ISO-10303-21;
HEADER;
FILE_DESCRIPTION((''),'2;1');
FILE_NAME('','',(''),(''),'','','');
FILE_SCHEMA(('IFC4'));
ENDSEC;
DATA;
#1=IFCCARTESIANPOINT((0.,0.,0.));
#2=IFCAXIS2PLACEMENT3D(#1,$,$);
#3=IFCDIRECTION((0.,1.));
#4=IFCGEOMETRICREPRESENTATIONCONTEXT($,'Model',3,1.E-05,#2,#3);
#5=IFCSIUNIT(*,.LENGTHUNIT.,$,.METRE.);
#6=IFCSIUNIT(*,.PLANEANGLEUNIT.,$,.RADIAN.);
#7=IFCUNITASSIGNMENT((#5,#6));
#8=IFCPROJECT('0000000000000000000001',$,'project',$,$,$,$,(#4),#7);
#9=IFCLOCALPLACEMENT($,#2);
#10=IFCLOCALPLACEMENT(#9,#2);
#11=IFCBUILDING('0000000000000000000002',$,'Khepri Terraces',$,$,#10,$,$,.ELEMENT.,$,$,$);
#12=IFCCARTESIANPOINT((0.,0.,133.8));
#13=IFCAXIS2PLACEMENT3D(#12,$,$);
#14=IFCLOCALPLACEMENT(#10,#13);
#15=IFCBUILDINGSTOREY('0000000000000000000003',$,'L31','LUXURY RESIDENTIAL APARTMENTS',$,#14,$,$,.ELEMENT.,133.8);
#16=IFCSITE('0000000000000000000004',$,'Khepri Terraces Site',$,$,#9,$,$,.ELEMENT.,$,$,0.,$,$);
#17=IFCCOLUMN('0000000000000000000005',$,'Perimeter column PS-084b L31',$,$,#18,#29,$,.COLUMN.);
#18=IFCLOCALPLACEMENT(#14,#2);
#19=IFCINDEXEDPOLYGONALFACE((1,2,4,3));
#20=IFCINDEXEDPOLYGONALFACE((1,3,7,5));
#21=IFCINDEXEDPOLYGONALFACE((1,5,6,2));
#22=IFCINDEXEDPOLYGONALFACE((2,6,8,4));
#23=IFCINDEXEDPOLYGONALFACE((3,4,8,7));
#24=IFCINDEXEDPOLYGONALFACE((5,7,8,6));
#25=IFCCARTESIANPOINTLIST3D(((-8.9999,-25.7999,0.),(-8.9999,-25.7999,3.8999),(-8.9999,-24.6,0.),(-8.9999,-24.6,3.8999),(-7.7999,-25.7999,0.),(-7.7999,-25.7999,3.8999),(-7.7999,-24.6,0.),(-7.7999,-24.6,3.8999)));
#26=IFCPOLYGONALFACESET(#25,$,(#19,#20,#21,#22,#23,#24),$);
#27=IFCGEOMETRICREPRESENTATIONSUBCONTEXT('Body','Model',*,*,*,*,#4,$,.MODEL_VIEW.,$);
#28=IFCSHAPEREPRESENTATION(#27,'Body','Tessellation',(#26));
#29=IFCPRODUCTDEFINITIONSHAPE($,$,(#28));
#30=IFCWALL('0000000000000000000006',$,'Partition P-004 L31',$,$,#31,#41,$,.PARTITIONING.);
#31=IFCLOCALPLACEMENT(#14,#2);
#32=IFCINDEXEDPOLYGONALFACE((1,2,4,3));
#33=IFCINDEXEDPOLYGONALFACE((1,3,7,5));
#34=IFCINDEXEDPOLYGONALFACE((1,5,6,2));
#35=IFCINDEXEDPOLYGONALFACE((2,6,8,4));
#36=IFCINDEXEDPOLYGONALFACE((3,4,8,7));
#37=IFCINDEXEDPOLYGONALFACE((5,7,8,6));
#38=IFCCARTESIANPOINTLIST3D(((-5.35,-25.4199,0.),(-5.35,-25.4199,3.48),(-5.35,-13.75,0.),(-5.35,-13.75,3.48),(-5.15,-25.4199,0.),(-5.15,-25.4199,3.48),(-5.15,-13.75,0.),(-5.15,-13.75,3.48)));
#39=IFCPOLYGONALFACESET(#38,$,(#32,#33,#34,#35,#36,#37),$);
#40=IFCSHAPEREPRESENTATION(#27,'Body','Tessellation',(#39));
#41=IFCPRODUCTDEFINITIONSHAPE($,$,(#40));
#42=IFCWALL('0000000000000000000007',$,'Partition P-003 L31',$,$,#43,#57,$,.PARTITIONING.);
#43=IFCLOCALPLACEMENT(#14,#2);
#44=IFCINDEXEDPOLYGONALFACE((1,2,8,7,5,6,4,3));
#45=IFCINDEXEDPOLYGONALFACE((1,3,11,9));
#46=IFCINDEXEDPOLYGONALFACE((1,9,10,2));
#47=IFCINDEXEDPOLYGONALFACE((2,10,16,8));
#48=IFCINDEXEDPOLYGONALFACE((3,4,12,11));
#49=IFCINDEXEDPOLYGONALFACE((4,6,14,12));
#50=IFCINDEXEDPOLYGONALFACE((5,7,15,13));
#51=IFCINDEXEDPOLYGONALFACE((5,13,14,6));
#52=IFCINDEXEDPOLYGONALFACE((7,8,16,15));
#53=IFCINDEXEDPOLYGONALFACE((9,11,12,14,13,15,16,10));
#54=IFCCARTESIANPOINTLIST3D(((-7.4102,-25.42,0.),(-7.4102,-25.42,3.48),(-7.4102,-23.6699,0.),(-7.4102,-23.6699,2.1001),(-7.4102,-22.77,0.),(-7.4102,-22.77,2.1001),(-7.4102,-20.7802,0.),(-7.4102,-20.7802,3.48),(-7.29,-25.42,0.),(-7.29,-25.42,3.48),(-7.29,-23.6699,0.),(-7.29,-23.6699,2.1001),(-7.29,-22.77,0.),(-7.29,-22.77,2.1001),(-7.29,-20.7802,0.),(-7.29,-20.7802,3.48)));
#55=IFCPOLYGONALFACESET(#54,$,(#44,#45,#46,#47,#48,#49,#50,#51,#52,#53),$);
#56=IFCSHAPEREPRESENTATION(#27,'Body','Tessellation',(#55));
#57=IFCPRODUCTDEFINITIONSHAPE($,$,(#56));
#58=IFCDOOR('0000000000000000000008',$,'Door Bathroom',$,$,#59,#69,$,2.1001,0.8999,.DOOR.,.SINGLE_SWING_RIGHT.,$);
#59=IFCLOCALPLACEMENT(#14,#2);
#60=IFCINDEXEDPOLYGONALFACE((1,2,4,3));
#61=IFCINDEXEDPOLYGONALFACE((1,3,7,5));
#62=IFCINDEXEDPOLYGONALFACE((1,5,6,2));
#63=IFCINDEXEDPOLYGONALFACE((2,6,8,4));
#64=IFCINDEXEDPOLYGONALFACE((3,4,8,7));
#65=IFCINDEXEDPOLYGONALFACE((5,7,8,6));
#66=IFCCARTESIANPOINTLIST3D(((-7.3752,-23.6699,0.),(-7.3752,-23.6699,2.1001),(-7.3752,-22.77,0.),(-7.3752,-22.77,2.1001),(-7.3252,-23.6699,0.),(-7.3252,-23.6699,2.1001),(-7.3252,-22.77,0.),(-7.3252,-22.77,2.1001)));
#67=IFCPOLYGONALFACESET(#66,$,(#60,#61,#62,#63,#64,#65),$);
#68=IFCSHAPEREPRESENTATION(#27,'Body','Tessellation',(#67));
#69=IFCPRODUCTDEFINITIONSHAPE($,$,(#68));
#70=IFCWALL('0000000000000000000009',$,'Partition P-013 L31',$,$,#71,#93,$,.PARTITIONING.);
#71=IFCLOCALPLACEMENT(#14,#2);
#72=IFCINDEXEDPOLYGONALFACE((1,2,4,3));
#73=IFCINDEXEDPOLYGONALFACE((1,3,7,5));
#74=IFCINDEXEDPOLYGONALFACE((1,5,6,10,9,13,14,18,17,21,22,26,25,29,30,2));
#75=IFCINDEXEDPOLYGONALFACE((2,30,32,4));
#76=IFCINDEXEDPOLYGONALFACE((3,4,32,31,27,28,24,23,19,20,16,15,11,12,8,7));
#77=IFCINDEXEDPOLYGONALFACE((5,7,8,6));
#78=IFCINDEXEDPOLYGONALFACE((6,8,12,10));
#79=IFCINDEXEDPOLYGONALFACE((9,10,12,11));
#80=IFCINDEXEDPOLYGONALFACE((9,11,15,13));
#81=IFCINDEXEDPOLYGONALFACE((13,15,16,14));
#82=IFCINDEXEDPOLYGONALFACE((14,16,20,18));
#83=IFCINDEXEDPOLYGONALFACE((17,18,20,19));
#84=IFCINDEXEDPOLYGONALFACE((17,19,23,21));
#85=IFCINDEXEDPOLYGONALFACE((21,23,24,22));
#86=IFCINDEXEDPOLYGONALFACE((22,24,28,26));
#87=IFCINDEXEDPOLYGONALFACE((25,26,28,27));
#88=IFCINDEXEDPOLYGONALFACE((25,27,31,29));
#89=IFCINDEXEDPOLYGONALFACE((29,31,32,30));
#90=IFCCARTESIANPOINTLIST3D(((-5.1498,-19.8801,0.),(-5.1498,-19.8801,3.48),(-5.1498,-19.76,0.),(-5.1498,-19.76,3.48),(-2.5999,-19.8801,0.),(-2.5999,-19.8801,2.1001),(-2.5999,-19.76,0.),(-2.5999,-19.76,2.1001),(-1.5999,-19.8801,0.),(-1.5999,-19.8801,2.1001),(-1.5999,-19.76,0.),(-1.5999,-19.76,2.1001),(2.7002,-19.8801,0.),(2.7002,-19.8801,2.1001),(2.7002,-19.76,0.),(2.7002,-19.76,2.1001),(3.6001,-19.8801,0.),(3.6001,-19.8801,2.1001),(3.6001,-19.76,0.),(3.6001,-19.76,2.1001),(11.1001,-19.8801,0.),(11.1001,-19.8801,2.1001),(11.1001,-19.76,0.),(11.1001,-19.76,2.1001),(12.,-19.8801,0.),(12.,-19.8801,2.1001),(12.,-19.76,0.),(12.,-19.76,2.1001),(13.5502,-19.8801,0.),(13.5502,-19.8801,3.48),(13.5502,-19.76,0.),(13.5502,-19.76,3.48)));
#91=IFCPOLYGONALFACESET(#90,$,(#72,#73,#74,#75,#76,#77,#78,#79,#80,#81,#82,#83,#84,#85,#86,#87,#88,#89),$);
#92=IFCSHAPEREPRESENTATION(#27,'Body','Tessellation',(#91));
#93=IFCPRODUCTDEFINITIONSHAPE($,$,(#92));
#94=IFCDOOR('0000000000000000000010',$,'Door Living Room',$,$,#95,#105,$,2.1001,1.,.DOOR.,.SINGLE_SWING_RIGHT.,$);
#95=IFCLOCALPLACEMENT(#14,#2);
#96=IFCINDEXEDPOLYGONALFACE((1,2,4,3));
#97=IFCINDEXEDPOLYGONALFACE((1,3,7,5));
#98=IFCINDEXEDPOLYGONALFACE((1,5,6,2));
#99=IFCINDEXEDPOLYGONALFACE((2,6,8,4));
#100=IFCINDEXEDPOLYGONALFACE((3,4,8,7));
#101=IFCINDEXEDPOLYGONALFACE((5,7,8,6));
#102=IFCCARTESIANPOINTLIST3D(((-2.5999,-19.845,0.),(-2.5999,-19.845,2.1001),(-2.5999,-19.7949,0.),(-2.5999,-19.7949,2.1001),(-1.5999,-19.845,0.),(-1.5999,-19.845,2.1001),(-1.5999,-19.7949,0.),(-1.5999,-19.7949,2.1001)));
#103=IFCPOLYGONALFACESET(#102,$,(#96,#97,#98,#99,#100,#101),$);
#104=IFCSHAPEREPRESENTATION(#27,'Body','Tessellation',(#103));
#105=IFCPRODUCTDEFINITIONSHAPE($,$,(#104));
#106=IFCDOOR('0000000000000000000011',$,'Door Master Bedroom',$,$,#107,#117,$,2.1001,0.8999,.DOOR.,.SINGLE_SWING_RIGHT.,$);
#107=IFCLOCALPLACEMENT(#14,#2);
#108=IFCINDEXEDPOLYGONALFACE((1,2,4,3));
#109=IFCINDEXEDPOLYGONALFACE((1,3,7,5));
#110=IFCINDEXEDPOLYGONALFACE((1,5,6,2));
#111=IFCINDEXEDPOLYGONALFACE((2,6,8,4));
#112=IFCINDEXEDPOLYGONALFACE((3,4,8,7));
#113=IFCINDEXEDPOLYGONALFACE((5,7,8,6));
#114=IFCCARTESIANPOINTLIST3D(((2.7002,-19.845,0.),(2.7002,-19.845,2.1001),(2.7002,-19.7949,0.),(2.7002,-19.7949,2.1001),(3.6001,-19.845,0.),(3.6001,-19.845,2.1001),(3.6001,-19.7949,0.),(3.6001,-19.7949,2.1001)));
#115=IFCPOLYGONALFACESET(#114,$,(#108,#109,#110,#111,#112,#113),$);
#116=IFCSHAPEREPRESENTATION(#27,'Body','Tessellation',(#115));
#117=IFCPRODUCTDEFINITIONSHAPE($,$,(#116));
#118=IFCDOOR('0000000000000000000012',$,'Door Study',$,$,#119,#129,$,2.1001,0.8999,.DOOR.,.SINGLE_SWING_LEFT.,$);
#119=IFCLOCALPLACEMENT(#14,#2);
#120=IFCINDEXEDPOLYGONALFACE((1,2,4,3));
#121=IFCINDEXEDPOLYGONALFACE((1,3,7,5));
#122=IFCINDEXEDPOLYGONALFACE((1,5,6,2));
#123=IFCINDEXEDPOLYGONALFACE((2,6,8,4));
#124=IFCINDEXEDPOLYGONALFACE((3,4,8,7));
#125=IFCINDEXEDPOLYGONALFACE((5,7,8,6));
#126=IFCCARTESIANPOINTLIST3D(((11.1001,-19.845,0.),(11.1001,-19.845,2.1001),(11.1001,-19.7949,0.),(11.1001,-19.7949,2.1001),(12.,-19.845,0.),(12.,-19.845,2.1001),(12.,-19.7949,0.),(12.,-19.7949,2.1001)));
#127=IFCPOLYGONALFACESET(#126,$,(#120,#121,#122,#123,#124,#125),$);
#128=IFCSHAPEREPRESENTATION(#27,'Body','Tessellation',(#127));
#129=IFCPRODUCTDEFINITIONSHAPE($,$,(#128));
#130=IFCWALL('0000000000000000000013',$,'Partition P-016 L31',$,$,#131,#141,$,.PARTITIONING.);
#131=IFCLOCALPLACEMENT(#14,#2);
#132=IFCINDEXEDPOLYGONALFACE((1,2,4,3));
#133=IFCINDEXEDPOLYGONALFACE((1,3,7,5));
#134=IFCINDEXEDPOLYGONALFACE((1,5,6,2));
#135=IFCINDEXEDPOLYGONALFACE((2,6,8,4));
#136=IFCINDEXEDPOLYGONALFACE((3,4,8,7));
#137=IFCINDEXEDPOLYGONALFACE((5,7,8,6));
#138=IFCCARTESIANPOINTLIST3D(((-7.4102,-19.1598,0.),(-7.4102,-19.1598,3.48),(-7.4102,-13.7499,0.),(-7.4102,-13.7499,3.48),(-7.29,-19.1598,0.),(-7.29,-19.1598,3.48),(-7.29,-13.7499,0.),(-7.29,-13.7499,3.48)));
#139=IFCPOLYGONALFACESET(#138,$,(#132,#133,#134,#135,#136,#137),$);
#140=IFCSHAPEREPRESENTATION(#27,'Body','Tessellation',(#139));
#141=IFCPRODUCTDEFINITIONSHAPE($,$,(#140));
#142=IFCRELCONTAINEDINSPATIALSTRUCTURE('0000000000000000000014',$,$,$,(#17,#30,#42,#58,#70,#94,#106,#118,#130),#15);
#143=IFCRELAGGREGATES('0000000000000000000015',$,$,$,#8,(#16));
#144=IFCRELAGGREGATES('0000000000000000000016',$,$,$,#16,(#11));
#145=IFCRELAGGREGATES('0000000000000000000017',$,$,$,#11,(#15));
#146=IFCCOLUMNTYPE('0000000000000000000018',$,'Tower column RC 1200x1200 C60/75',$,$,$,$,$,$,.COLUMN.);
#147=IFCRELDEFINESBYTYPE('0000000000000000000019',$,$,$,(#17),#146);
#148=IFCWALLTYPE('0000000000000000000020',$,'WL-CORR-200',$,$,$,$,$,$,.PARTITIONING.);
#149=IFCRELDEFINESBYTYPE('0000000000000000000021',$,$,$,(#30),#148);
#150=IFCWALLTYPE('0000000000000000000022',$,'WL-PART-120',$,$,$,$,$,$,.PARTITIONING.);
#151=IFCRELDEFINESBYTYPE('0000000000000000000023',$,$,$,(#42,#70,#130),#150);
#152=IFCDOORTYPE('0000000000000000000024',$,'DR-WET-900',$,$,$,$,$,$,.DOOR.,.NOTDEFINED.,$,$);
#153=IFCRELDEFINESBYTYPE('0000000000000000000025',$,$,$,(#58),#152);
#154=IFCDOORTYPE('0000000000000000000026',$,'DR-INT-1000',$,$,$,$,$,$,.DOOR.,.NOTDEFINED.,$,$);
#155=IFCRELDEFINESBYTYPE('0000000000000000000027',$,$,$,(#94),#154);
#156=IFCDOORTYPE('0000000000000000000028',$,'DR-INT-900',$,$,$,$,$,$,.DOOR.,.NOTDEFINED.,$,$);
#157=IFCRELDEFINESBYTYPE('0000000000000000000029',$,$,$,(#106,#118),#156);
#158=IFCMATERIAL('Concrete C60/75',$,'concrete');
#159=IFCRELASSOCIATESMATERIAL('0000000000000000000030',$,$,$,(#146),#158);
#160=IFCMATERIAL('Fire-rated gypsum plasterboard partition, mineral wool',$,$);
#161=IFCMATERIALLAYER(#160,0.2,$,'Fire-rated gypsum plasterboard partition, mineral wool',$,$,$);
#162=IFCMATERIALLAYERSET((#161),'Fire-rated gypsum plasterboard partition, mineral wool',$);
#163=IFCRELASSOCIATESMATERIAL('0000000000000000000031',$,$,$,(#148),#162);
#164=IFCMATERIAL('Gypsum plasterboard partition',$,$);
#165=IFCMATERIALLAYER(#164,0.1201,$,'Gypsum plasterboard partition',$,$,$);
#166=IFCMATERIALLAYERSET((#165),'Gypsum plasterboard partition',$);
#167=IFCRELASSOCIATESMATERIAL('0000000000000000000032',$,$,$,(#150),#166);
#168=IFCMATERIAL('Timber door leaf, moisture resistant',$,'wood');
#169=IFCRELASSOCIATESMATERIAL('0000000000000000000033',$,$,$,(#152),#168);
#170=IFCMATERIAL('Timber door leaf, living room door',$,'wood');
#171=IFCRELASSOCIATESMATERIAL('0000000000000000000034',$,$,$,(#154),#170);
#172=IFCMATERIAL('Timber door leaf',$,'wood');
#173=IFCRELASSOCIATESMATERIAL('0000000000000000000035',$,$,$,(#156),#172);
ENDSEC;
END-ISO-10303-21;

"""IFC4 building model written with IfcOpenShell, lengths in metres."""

from ifc_helpers import new_model, si_unit, direction, frame, frame_2d, origin, origin_2d, place, context, subcontext, project, spatial, rectangle, extrude, material, layer, layer_set, material_profile, profile_set, type_object, element, fill, save


model = new_model("IFC4")

# Units and contexts
model_context = context("Model", 3, precision=1e-05, world=origin(), true_north=direction((0.0, 1.0)))
body_context = subcontext(model_context, "Body", "Model", "MODEL_VIEW")
ifc_project = project(units=[si_unit("LENGTHUNIT", "METRE"), si_unit("PLANEANGLEUNIT", "RADIAN")], contexts=[model_context])

# Site, building, storey
site_placement = place(None, origin())
site = spatial("IfcSite", under=ifc_project, at=site_placement, Name="Khepri Terraces Site", CompositionType="ELEMENT", RefElevation=0.0)
building_placement = place(site_placement, origin())
building = spatial("IfcBuilding", under=site, at=building_placement, Name="Khepri Terraces", CompositionType="ELEMENT")
storey_placement = place(building_placement, frame((0.0, 0.0, 133.8)))
storey = spatial("IfcBuildingStorey", under=building, at=storey_placement, Name="L31", Description="LUXURY RESIDENTIAL APARTMENTS", CompositionType="ELEMENT", Elevation=133.8)

# Column
ifc_material_1 = material(Name="Concrete C60/75", Category="concrete")
ifc_material_profile = material_profile(ifc_material_1, rectangle(XDim=1.2, YDim=1.2, at=origin_2d()), Name="Concrete C60/75", Category="concrete")
ifc_profile_set = profile_set([ifc_material_profile], Name="Concrete C60/75")
column_type = type_object("IfcColumnType", Name="Tower column RC 1200x1200 C60/75", PredefinedType="COLUMN", material=ifc_profile_set)
column_placement = place(storey_placement, frame((-8.3999, -25.2, 0.0), z_axis=(0.0, 0.0, 1.0), x_axis=(1.0, 0.0, 0.0)))
element("IfcColumn", 1, at=column_placement, inside=storey, type_object=column_type, Name="Perimeter column PS-084b L31", PredefinedType="COLUMN", context=body_context, shape_type="SweptSolid", body=[
    extrude(rectangle(XDim=1.2, YDim=1.2, at=origin_2d()), origin(), (0.0, 0.0, 1.0), 3.8999),
])

# Wall
ifc_material_2 = material(Name="Fire-rated gypsum plasterboard partition, mineral wool")
ifc_layer_1 = layer(ifc_material_2, 0.2, Name="Fire-rated gypsum plasterboard partition, mineral wool")
ifc_layer_set_1 = layer_set([ifc_layer_1], Name="Fire-rated gypsum plasterboard partition, mineral wool")
wall_type_1 = type_object("IfcWallType", Name="WL-CORR-200", PredefinedType="PARTITIONING", material=ifc_layer_set_1)
wall_1_placement = place(storey_placement, frame((-5.25, -25.4199, 0.0), z_axis=(0.0, 0.0, 1.0), x_axis=(0.0, 1.0, 0.0)))
element("IfcWall", 2, at=wall_1_placement, inside=storey, type_object=wall_type_1, Name="Partition P-004 L31", PredefinedType="PARTITIONING", context=body_context, shape_type="SweptSolid", body=[
    extrude(rectangle(XDim=11.6699, YDim=0.2, at=frame_2d((5.835, 0.0))), origin(), (0.0, 0.0, 1.0), 3.48),
])

# Wall, opening, door
ifc_material_3 = material(Name="Gypsum plasterboard partition")
ifc_layer_2 = layer(ifc_material_3, 0.1201, Name="Gypsum plasterboard partition")
ifc_layer_set_2 = layer_set([ifc_layer_2], Name="Gypsum plasterboard partition")
wall_type_2 = type_object("IfcWallType", Name="WL-PART-120", PredefinedType="PARTITIONING", material=ifc_layer_set_2)
wall_2_placement = place(storey_placement, frame((-7.3501, -25.4199, 0.0), z_axis=(0.0, 0.0, 1.0), x_axis=(0.0, 1.0, 0.0)))
wall_2 = element("IfcWall", 3, at=wall_2_placement, inside=storey, type_object=wall_type_2, Name="Partition P-003 L31", PredefinedType="PARTITIONING", context=body_context, shape_type="SweptSolid", body=[
    extrude(rectangle(XDim=4.6399, YDim=0.1201, at=frame_2d((2.3198, 0.0))), origin(), (0.0, 0.0, 1.0), 3.48),
])
opening_1_placement = place(wall_2_placement, frame((1.75, 0.0, 0.0)))
opening_1 = element("IfcOpeningElement", 4, at=opening_1_placement, cuts=wall_2, PredefinedType="OPENING", context=body_context, shape_type="SweptSolid", body=[
    extrude(rectangle(XDim=0.8999, YDim=2.1001, at=frame_2d((0.45, 1.05))), frame((0.0, 0.0701, 0.0), z_axis=(0.0, -1.0, 0.0), x_axis=(1.0, 0.0, 0.0)), (0.0, 0.0, 1.0), 0.1401),
])
ifc_material_4 = material(Name="Timber door leaf, moisture resistant", Category="wood")
door_type_1 = type_object("IfcDoorType", Name="DR-WET-900", OperationType="NOTDEFINED", PredefinedType="DOOR", material=ifc_material_4)
door_1_placement = place(opening_1_placement, frame((0.8999, 0.0, 0.0), z_axis=(0.0, 0.0, 1.0), x_axis=(-1.0, 0.0, 0.0)))
door_1 = element("IfcDoor", 5, at=door_1_placement, inside=storey, type_object=door_type_1, Name="Door Bathroom", OperationType="SINGLE_SWING_RIGHT", OverallHeight=2.1001, OverallWidth=0.8999, PredefinedType="DOOR", context=body_context, shape_type="SweptSolid", body=[
    extrude(rectangle(XDim=0.8999, YDim=2.1001, at=frame_2d((0.45, 1.05))), frame((0.0, 0.0249, 0.0), z_axis=(0.0, -1.0, 0.0), x_axis=(1.0, 0.0, 0.0)), (0.0, 0.0, 1.0), 0.05),
])
fill(opening_1, door_1)

# Wall, openings, doors
wall_3_placement = place(storey_placement, frame((-5.1499, -19.8201, 0.0), z_axis=(0.0, 0.0, 1.0), x_axis=(1.0, 0.0, 0.0)))
wall_3 = element("IfcWall", 6, at=wall_3_placement, inside=storey, type_object=wall_type_2, Name="Partition P-013 L31", PredefinedType="PARTITIONING", context=body_context, shape_type="SweptSolid", body=[
    extrude(rectangle(XDim=18.7, YDim=0.1201, at=frame_2d((9.3501, 0.0))), origin(), (0.0, 0.0, 1.0), 3.48),
])
opening_2_placement = place(wall_3_placement, frame((2.55, 0.0, 0.0)))
opening_2 = element("IfcOpeningElement", 7, at=opening_2_placement, cuts=wall_3, PredefinedType="OPENING", context=body_context, shape_type="SweptSolid", body=[
    extrude(rectangle(XDim=1.0, YDim=2.1001, at=frame_2d((0.5, 1.05))), frame((0.0, 0.0701, 0.0), z_axis=(0.0, -1.0, 0.0), x_axis=(1.0, 0.0, 0.0)), (0.0, 0.0, 1.0), 0.1401),
])
opening_3_placement = place(wall_3_placement, frame((7.8501, 0.0, 0.0)))
opening_3 = element("IfcOpeningElement", 8, at=opening_3_placement, cuts=wall_3, PredefinedType="OPENING", context=body_context, shape_type="SweptSolid", body=[
    extrude(rectangle(XDim=0.8999, YDim=2.1001, at=frame_2d((0.45, 1.05))), frame((0.0, 0.0701, 0.0), z_axis=(0.0, -1.0, 0.0), x_axis=(1.0, 0.0, 0.0)), (0.0, 0.0, 1.0), 0.1401),
])
opening_4_placement = place(wall_3_placement, frame((16.25, 0.0, 0.0)))
opening_4 = element("IfcOpeningElement", 9, at=opening_4_placement, cuts=wall_3, PredefinedType="OPENING", context=body_context, shape_type="SweptSolid", body=[
    extrude(rectangle(XDim=0.8999, YDim=2.1001, at=frame_2d((0.45, 1.05))), frame((0.0, 0.0701, 0.0), z_axis=(0.0, -1.0, 0.0), x_axis=(1.0, 0.0, 0.0)), (0.0, 0.0, 1.0), 0.1401),
])
ifc_material_5 = material(Name="Timber door leaf, living room door", Category="wood")
door_type_2 = type_object("IfcDoorType", Name="DR-INT-1000", OperationType="NOTDEFINED", PredefinedType="DOOR", material=ifc_material_5)
door_2_placement = place(opening_2_placement, frame((1.0, 0.0, 0.0), z_axis=(0.0, 0.0, 1.0), x_axis=(-1.0, 0.0, 0.0)))
door_2 = element("IfcDoor", 10, at=door_2_placement, inside=storey, type_object=door_type_2, Name="Door Living Room", OperationType="SINGLE_SWING_RIGHT", OverallHeight=2.1001, OverallWidth=1.0, PredefinedType="DOOR", context=body_context, shape_type="SweptSolid", body=[
    extrude(rectangle(XDim=1.0, YDim=2.1001, at=frame_2d((0.5, 1.05))), frame((0.0, 0.0249, 0.0), z_axis=(0.0, -1.0, 0.0), x_axis=(1.0, 0.0, 0.0)), (0.0, 0.0, 1.0), 0.05),
])
fill(opening_2, door_2)
ifc_material_6 = material(Name="Timber door leaf", Category="wood")
door_type_3 = type_object("IfcDoorType", Name="DR-INT-900", OperationType="NOTDEFINED", PredefinedType="DOOR", material=ifc_material_6)
door_3_placement = place(opening_3_placement, frame((0.8999, 0.0, 0.0), z_axis=(0.0, 0.0, 1.0), x_axis=(-1.0, 0.0, 0.0)))
door_3 = element("IfcDoor", 11, at=door_3_placement, inside=storey, type_object=door_type_3, Name="Door Master Bedroom", OperationType="SINGLE_SWING_RIGHT", OverallHeight=2.1001, OverallWidth=0.8999, PredefinedType="DOOR", context=body_context, shape_type="SweptSolid", body=[
    extrude(rectangle(XDim=0.8999, YDim=2.1001, at=frame_2d((0.45, 1.05))), frame((0.0, 0.0249, 0.0), z_axis=(0.0, -1.0, 0.0), x_axis=(1.0, 0.0, 0.0)), (0.0, 0.0, 1.0), 0.05),
])
fill(opening_3, door_3)
door_4_placement = place(opening_4_placement, frame((0.8999, 0.0, 0.0), z_axis=(0.0, 0.0, 1.0), x_axis=(-1.0, 0.0, 0.0)))
door_4 = element("IfcDoor", 12, at=door_4_placement, inside=storey, type_object=door_type_3, Name="Door Study", OperationType="SINGLE_SWING_LEFT", OverallHeight=2.1001, OverallWidth=0.8999, PredefinedType="DOOR", context=body_context, shape_type="SweptSolid", body=[
    extrude(rectangle(XDim=0.8999, YDim=2.1001, at=frame_2d((0.45, 1.05))), frame((0.0, 0.0249, 0.0), z_axis=(0.0, -1.0, 0.0), x_axis=(1.0, 0.0, 0.0)), (0.0, 0.0, 1.0), 0.05),
])
fill(opening_4, door_4)

# Wall
wall_4_placement = place(storey_placement, frame((-7.3501, -19.1599, 0.0), z_axis=(0.0, 0.0, 1.0), x_axis=(0.0, 1.0, 0.0)))
element("IfcWall", 13, at=wall_4_placement, inside=storey, type_object=wall_type_2, Name="Partition P-016 L31", PredefinedType="PARTITIONING", context=body_context, shape_type="SweptSolid", body=[
    extrude(rectangle(XDim=5.4099, YDim=0.1201, at=frame_2d((2.7051, 0.0))), origin(), (0.0, 0.0, 1.0), 3.48),
])

save(model, "model.ifc")
